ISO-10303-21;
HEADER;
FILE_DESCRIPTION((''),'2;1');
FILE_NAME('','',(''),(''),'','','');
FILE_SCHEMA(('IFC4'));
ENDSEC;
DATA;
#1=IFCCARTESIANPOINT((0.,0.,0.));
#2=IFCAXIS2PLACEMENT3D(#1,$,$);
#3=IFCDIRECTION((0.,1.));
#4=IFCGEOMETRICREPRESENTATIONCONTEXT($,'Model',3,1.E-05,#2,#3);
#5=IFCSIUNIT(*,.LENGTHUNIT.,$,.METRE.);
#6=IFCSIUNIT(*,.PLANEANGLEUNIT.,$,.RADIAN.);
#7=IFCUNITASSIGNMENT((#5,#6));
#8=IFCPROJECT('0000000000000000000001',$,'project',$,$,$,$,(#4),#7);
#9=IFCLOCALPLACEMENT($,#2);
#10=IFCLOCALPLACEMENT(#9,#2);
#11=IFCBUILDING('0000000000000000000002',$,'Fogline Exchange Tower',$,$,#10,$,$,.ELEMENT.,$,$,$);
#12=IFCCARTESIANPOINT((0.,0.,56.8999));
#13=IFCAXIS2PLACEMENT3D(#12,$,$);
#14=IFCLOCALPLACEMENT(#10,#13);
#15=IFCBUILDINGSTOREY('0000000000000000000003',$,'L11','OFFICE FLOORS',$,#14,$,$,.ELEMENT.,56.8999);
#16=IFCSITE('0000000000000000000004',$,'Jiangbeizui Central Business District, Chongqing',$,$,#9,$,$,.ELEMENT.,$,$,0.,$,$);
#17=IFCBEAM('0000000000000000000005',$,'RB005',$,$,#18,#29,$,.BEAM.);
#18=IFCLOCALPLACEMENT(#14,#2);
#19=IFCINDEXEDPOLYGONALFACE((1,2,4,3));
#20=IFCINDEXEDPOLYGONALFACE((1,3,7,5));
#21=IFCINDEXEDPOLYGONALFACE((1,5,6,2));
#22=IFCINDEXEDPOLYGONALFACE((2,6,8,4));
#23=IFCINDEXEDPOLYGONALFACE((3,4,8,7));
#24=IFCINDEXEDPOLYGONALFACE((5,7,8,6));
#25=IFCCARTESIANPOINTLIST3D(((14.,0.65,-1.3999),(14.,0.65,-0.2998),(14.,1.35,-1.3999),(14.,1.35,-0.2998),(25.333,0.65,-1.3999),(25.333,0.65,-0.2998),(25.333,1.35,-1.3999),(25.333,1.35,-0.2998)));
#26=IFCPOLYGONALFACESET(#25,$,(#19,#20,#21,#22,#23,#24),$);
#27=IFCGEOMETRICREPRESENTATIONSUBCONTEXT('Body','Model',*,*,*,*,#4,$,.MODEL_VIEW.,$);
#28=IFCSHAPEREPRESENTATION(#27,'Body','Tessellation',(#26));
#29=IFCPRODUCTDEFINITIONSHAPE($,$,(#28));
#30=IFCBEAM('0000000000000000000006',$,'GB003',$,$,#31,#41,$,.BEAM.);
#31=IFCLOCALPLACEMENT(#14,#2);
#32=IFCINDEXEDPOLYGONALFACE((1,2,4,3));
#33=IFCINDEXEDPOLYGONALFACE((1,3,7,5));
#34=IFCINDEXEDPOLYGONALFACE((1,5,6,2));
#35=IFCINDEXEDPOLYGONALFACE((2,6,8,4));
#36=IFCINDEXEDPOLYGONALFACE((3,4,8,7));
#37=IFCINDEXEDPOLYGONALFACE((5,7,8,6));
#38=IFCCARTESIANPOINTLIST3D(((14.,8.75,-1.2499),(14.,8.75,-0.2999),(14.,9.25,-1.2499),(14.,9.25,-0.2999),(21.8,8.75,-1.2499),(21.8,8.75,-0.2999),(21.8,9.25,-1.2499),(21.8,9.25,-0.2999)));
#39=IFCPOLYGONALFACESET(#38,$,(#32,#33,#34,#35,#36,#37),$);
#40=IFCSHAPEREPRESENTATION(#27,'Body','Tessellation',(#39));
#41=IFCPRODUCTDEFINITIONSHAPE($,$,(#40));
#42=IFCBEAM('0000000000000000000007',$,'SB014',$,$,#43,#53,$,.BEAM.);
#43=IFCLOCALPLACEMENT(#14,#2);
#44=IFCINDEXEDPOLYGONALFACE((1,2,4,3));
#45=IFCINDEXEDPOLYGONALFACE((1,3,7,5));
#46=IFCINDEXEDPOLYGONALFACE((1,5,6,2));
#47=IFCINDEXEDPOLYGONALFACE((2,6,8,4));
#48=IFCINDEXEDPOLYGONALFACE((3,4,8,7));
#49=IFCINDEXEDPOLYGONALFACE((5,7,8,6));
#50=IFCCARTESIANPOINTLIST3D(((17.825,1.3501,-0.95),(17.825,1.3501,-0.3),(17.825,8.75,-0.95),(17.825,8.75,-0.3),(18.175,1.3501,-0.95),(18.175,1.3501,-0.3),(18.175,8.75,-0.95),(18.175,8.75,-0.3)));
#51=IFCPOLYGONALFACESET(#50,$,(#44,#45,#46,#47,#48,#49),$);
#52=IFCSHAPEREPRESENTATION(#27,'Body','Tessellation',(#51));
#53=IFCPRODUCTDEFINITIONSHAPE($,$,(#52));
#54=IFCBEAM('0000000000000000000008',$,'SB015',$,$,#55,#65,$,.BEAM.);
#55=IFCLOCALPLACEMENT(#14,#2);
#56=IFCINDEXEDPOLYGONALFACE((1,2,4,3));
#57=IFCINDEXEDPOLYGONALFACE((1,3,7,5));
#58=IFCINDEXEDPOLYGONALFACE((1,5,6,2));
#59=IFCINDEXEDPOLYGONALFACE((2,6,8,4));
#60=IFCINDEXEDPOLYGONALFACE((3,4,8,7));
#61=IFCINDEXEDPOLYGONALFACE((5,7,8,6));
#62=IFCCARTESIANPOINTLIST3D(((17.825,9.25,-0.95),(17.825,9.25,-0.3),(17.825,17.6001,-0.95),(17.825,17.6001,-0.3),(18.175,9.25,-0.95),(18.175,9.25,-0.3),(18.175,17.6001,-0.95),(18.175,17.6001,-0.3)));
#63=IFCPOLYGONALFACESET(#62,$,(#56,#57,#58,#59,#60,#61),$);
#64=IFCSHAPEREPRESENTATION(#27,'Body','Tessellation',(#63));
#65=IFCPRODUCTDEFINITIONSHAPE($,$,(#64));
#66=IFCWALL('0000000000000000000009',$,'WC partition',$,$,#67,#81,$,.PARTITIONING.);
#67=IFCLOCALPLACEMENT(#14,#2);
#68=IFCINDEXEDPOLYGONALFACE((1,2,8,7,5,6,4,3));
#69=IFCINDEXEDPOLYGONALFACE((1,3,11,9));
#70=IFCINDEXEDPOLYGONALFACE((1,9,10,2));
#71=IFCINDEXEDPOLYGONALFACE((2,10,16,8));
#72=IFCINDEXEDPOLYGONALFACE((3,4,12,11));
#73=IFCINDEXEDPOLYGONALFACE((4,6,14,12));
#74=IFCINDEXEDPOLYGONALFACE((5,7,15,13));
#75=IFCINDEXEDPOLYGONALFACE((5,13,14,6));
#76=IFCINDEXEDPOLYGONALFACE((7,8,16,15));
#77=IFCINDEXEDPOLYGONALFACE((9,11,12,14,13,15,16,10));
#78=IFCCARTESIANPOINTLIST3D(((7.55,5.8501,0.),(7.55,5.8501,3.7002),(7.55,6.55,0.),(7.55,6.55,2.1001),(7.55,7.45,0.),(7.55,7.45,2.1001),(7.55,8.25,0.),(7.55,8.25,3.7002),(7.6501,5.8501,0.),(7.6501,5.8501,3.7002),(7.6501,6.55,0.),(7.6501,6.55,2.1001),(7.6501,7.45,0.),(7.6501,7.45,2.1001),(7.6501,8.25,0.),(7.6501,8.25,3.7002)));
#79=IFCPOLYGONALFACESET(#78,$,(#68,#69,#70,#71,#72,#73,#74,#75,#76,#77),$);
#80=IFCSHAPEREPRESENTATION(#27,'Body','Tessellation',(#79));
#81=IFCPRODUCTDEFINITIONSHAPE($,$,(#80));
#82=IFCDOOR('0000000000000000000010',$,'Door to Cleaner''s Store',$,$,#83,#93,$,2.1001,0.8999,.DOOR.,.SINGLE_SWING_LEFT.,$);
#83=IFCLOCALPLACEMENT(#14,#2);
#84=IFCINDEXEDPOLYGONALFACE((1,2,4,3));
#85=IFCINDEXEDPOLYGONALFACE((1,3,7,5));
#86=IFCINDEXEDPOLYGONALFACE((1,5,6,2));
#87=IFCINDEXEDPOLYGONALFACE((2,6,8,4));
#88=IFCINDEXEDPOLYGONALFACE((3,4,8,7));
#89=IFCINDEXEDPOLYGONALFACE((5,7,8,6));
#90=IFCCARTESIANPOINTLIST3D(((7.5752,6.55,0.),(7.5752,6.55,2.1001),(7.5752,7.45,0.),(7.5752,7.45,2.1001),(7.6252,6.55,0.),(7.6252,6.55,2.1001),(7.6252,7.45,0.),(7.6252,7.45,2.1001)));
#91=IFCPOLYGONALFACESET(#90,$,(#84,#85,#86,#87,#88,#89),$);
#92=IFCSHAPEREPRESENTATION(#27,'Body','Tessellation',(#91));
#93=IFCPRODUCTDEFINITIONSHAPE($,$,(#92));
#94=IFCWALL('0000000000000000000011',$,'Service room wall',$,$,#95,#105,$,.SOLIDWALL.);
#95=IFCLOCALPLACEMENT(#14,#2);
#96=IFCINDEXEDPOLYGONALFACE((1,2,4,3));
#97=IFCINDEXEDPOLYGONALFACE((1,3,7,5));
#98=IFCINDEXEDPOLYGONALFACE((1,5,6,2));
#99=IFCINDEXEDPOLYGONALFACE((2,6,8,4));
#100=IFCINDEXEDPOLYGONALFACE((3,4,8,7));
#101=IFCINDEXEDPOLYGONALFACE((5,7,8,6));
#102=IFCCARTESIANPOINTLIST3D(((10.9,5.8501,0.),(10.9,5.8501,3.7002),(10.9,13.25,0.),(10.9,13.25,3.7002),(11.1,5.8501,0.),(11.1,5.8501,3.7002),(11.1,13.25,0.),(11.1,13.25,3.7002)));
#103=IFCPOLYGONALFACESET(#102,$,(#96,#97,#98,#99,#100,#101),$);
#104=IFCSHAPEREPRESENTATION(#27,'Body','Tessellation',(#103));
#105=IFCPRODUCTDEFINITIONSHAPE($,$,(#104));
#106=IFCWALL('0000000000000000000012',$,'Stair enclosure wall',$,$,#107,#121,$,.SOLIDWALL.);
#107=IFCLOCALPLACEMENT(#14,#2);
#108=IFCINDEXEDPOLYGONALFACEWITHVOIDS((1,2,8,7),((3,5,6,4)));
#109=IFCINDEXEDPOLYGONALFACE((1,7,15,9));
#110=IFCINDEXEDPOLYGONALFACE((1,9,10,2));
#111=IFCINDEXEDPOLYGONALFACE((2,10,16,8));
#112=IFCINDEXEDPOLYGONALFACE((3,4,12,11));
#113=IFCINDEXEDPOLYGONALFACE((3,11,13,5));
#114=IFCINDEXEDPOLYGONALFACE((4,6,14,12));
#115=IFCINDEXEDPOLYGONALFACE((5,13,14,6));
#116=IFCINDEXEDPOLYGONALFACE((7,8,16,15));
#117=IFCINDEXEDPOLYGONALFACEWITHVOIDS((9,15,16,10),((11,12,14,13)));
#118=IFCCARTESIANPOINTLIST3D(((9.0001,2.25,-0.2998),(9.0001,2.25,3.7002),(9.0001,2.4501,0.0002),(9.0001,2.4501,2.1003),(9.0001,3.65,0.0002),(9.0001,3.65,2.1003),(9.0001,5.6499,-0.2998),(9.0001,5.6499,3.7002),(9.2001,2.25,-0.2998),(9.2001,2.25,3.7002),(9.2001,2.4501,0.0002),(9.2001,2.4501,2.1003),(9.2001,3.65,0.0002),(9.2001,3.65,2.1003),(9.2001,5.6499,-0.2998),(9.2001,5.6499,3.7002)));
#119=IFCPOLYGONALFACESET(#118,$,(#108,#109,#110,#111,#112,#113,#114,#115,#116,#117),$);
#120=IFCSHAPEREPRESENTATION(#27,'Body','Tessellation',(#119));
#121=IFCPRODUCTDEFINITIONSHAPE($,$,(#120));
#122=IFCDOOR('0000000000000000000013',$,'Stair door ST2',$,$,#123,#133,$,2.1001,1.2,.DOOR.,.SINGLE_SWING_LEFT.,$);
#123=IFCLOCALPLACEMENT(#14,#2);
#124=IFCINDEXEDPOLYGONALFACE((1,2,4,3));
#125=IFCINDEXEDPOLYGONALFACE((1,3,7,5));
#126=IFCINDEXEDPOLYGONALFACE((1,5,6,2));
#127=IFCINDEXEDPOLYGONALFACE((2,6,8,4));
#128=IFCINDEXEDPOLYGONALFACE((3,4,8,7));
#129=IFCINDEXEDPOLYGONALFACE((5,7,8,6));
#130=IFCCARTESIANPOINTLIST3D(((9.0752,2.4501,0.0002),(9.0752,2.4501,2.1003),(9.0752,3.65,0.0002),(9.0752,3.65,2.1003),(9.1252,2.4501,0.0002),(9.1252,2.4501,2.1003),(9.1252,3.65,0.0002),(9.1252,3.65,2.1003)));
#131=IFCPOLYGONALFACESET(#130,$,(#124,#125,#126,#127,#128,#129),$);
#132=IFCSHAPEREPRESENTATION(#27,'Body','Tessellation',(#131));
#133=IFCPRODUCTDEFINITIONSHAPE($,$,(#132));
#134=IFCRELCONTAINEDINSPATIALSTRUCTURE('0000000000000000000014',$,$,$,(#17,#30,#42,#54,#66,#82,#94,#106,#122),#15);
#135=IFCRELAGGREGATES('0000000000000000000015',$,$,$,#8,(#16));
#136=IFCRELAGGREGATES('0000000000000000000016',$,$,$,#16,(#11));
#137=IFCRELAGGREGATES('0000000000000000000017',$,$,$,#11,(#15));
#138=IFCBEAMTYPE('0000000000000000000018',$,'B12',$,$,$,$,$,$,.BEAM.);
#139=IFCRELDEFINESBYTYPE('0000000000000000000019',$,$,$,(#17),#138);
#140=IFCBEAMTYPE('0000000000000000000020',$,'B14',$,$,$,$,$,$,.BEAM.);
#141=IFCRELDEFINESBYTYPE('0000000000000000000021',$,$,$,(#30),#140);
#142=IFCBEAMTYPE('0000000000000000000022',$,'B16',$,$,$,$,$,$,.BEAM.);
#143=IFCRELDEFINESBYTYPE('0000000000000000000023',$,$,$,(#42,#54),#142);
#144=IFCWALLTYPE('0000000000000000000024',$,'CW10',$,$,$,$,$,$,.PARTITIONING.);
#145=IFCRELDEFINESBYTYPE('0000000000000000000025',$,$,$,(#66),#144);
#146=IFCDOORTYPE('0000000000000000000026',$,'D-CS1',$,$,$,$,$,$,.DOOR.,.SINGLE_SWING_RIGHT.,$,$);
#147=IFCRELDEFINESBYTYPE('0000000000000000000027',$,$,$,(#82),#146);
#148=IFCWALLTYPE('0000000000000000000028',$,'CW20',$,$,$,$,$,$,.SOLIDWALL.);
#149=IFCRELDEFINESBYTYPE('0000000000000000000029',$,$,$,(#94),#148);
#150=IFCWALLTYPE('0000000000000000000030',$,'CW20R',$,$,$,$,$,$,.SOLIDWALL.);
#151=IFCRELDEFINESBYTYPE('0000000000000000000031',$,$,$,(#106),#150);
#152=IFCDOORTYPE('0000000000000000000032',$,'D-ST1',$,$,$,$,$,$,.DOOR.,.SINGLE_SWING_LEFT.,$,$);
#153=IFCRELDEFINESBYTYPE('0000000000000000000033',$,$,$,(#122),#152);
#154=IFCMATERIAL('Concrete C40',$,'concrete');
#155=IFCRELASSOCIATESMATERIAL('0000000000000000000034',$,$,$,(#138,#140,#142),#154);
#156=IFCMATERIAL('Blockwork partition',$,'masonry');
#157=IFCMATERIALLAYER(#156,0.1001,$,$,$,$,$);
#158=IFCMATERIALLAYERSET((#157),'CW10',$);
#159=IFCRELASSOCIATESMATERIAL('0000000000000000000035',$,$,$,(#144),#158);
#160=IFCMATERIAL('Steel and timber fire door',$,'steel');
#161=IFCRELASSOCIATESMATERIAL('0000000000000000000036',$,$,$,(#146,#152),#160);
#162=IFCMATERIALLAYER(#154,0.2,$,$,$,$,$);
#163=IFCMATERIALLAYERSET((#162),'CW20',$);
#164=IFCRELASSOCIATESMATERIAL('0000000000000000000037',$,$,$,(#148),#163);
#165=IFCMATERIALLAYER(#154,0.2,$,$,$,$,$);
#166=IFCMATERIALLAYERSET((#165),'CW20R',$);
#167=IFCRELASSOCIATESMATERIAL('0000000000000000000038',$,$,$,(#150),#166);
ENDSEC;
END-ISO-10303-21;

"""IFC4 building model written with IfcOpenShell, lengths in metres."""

from ifc_helpers import new_model, si_unit, direction, frame, frame_2d, origin, origin_2d, place, context, subcontext, project, spatial, rectangle, extrude, material, layer, layer_set, material_profile, profile_set, type_object, element, fill, save


model = new_model("IFC4")

# Units and contexts
model_context = context("Model", 3, precision=1e-05, world=origin(), true_north=direction((0.0, 1.0)))
body_context = subcontext(model_context, "Body", "Model", "MODEL_VIEW")
ifc_project = project(units=[si_unit("LENGTHUNIT", "METRE"), si_unit("PLANEANGLEUNIT", "RADIAN")], contexts=[model_context])

# Site, building, storey
site_placement = place(None, origin())
site = spatial("IfcSite", under=ifc_project, at=site_placement, Name="Jiangbeizui Central Business District, Chongqing", CompositionType="ELEMENT", RefElevation=0.0)
building_placement = place(site_placement, origin())
building = spatial("IfcBuilding", under=site, at=building_placement, Name="Fogline Exchange Tower", CompositionType="ELEMENT")
storey_placement = place(building_placement, frame((0.0, 0.0, 56.8999)))
storey = spatial("IfcBuildingStorey", under=building, at=storey_placement, Name="L11", Description="OFFICE FLOORS", CompositionType="ELEMENT", Elevation=56.8999)

# Beams
ifc_material_1 = material(Name="Concrete C40", Category="concrete")
ifc_material_profile_1 = material_profile(ifc_material_1, rectangle(XDim=0.7, YDim=1.1001, at=origin_2d()), Name="RC 700x1100")
ifc_profile_set_1 = profile_set([ifc_material_profile_1], Name="Concrete C40")
beam_type_1 = type_object("IfcBeamType", Name="B12", PredefinedType="BEAM", material=ifc_profile_set_1)
beam_1_placement = place(storey_placement, frame((14.0, 1.0, -0.8499), z_axis=(1.0, 0.0, 0.0), x_axis=(0.0, 1.0, 0.0)))
element("IfcBeam", 1, at=beam_1_placement, inside=storey, type_object=beam_type_1, Name="RB005", PredefinedType="BEAM", context=body_context, shape_type="SweptSolid", body=[
    extrude(rectangle(XDim=0.7, YDim=1.1001, at=origin_2d()), origin(), (0.0, 0.0, 1.0), 11.333),
])
ifc_material_profile_2 = material_profile(ifc_material_1, rectangle(XDim=0.5, YDim=0.95, at=origin_2d()), Name="RC 500x950")
ifc_profile_set_2 = profile_set([ifc_material_profile_2], Name="Concrete C40")
beam_type_2 = type_object("IfcBeamType", Name="B14", PredefinedType="BEAM", material=ifc_profile_set_2)
beam_2_placement = place(storey_placement, frame((14.0, 9.0, -0.7749), z_axis=(1.0, 0.0, 0.0), x_axis=(0.0, 1.0, 0.0)))
element("IfcBeam", 2, at=beam_2_placement, inside=storey, type_object=beam_type_2, Name="GB003", PredefinedType="BEAM", context=body_context, shape_type="SweptSolid", body=[
    extrude(rectangle(XDim=0.5, YDim=0.95, at=origin_2d()), origin(), (0.0, 0.0, 1.0), 7.8),
])
ifc_material_profile_3 = material_profile(ifc_material_1, rectangle(XDim=0.3501, YDim=0.6499, at=origin_2d()), Name="RC 350x650")
ifc_profile_set_3 = profile_set([ifc_material_profile_3], Name="Concrete C40")
beam_type_3 = type_object("IfcBeamType", Name="B16", PredefinedType="BEAM", material=ifc_profile_set_3)
beam_3_placement = place(storey_placement, frame((18.0, 1.3501, -0.625), z_axis=(0.0, 1.0, 0.0), x_axis=(-1.0, 0.0, 0.0)))
element("IfcBeam", 3, at=beam_3_placement, inside=storey, type_object=beam_type_3, Name="SB014", PredefinedType="BEAM", context=body_context, shape_type="SweptSolid", body=[
    extrude(rectangle(XDim=0.3501, YDim=0.6499, at=origin_2d()), origin(), (0.0, 0.0, 1.0), 7.3999),
])
beam_4_placement = place(storey_placement, frame((18.0, 9.25, -0.625), z_axis=(0.0, 1.0, 0.0), x_axis=(-1.0, 0.0, 0.0)))
element("IfcBeam", 4, at=beam_4_placement, inside=storey, type_object=beam_type_3, Name="SB015", PredefinedType="BEAM", context=body_context, shape_type="SweptSolid", body=[
    extrude(rectangle(XDim=0.3501, YDim=0.6499, at=origin_2d()), origin(), (0.0, 0.0, 1.0), 8.3501),
])

# Wall, opening, door
ifc_material_2 = material(Name="Blockwork partition", Category="masonry")
ifc_layer_1 = layer(ifc_material_2, 0.1001)
ifc_layer_set_1 = layer_set([ifc_layer_1], Name="CW10")
wall_type_1 = type_object("IfcWallType", Name="CW10", PredefinedType="PARTITIONING", material=ifc_layer_set_1)
wall_1_placement = place(storey_placement, frame((7.6001, 5.8501, 0.0), z_axis=(0.0, 0.0, 1.0), x_axis=(0.0, 1.0, 0.0)))
wall_1 = element("IfcWall", 5, at=wall_1_placement, inside=storey, type_object=wall_type_1, Name="WC partition", PredefinedType="PARTITIONING", context=body_context, shape_type="SweptSolid", body=[
    extrude(rectangle(XDim=2.3999, YDim=0.1001, at=frame_2d((1.2, 0.0))), origin(), (0.0, 0.0, 1.0), 3.7002),
])
opening_1_placement = place(wall_1_placement, frame((0.7, 0.0, 0.0)))
opening_1 = element("IfcOpeningElement", 6, at=opening_1_placement, cuts=wall_1, PredefinedType="OPENING", context=body_context, shape_type="SweptSolid", body=[
    extrude(rectangle(XDim=0.8999, YDim=2.1001, at=frame_2d((0.45, 1.05))), frame((0.0, 0.0601, 0.0), z_axis=(0.0, -1.0, 0.0), x_axis=(1.0, 0.0, 0.0)), (0.0, 0.0, 1.0), 0.1201),
])
ifc_material_3 = material(Name="Steel and timber fire door", Category="steel")
door_type_1 = type_object("IfcDoorType", Name="D-CS1", OperationType="SINGLE_SWING_RIGHT", PredefinedType="DOOR", material=ifc_material_3)
door_1_placement = place(opening_1_placement, origin())
door_1 = element("IfcDoor", 7, at=door_1_placement, inside=storey, type_object=door_type_1, Name="Door to Cleaner's Store", OperationType="SINGLE_SWING_LEFT", OverallHeight=2.1001, OverallWidth=0.8999, PredefinedType="DOOR", context=body_context, shape_type="SweptSolid", body=[
    extrude(rectangle(XDim=0.8999, YDim=2.1001, at=frame_2d((0.45, 1.05))), frame((0.0, 0.0249, 0.0), z_axis=(0.0, -1.0, 0.0), x_axis=(1.0, 0.0, 0.0)), (0.0, 0.0, 1.0), 0.05),
])
fill(opening_1, door_1)

# Wall
ifc_layer_2 = layer(ifc_material_1, 0.2)
ifc_layer_set_2 = layer_set([ifc_layer_2], Name="CW20")
wall_type_2 = type_object("IfcWallType", Name="CW20", PredefinedType="SOLIDWALL", material=ifc_layer_set_2)
wall_2_placement = place(storey_placement, frame((11.0, 5.8501, 0.0), z_axis=(0.0, 0.0, 1.0), x_axis=(0.0, 1.0, 0.0)))
element("IfcWall", 8, at=wall_2_placement, inside=storey, type_object=wall_type_2, Name="Service room wall", PredefinedType="SOLIDWALL", context=body_context, shape_type="SweptSolid", body=[
    extrude(rectangle(XDim=7.3999, YDim=0.2, at=frame_2d((3.7, 0.0))), origin(), (0.0, 0.0, 1.0), 3.7002),
])

# Wall, opening, door
ifc_layer_3 = layer(ifc_material_1, 0.2)
ifc_layer_set_3 = layer_set([ifc_layer_3], Name="CW20R")
wall_type_3 = type_object("IfcWallType", Name="CW20R", PredefinedType="SOLIDWALL", material=ifc_layer_set_3)
wall_3_placement = place(storey_placement, frame((9.1001, 2.25, -0.2998), z_axis=(0.0, 0.0, 1.0), x_axis=(0.0, 1.0, 0.0)))
wall_3 = element("IfcWall", 9, at=wall_3_placement, inside=storey, type_object=wall_type_3, Name="Stair enclosure wall", PredefinedType="SOLIDWALL", context=body_context, shape_type="SweptSolid", body=[
    extrude(rectangle(XDim=3.3999, YDim=0.2, at=frame_2d((1.7, 0.0))), origin(), (0.0, 0.0, 1.0), 4.0),
])
opening_2_placement = place(wall_3_placement, frame((0.2, 0.0, 0.3)))
opening_2 = element("IfcOpeningElement", 10, at=opening_2_placement, cuts=wall_3, PredefinedType="OPENING", context=body_context, shape_type="SweptSolid", body=[
    extrude(rectangle(XDim=1.2, YDim=2.1001, at=frame_2d((0.6001, 1.05))), frame((0.0, 0.1099, 0.0), z_axis=(0.0, -1.0, 0.0), x_axis=(1.0, 0.0, 0.0)), (0.0, 0.0, 1.0), 0.22),
])
door_type_2 = type_object("IfcDoorType", Name="D-ST1", OperationType="SINGLE_SWING_LEFT", PredefinedType="DOOR", material=ifc_material_3)
door_2_placement = place(opening_2_placement, origin())
door_2 = element("IfcDoor", 11, at=door_2_placement, inside=storey, type_object=door_type_2, Name="Stair door ST2", OperationType="SINGLE_SWING_LEFT", OverallHeight=2.1001, OverallWidth=1.2, PredefinedType="DOOR", context=body_context, shape_type="SweptSolid", body=[
    extrude(rectangle(XDim=1.2, YDim=2.1001, at=frame_2d((0.6001, 1.05))), frame((0.0, 0.0249, 0.0), z_axis=(0.0, -1.0, 0.0), x_axis=(1.0, 0.0, 0.0)), (0.0, 0.0, 1.0), 0.05),
])
fill(opening_2, door_2)

save(model, "model.ifc")
